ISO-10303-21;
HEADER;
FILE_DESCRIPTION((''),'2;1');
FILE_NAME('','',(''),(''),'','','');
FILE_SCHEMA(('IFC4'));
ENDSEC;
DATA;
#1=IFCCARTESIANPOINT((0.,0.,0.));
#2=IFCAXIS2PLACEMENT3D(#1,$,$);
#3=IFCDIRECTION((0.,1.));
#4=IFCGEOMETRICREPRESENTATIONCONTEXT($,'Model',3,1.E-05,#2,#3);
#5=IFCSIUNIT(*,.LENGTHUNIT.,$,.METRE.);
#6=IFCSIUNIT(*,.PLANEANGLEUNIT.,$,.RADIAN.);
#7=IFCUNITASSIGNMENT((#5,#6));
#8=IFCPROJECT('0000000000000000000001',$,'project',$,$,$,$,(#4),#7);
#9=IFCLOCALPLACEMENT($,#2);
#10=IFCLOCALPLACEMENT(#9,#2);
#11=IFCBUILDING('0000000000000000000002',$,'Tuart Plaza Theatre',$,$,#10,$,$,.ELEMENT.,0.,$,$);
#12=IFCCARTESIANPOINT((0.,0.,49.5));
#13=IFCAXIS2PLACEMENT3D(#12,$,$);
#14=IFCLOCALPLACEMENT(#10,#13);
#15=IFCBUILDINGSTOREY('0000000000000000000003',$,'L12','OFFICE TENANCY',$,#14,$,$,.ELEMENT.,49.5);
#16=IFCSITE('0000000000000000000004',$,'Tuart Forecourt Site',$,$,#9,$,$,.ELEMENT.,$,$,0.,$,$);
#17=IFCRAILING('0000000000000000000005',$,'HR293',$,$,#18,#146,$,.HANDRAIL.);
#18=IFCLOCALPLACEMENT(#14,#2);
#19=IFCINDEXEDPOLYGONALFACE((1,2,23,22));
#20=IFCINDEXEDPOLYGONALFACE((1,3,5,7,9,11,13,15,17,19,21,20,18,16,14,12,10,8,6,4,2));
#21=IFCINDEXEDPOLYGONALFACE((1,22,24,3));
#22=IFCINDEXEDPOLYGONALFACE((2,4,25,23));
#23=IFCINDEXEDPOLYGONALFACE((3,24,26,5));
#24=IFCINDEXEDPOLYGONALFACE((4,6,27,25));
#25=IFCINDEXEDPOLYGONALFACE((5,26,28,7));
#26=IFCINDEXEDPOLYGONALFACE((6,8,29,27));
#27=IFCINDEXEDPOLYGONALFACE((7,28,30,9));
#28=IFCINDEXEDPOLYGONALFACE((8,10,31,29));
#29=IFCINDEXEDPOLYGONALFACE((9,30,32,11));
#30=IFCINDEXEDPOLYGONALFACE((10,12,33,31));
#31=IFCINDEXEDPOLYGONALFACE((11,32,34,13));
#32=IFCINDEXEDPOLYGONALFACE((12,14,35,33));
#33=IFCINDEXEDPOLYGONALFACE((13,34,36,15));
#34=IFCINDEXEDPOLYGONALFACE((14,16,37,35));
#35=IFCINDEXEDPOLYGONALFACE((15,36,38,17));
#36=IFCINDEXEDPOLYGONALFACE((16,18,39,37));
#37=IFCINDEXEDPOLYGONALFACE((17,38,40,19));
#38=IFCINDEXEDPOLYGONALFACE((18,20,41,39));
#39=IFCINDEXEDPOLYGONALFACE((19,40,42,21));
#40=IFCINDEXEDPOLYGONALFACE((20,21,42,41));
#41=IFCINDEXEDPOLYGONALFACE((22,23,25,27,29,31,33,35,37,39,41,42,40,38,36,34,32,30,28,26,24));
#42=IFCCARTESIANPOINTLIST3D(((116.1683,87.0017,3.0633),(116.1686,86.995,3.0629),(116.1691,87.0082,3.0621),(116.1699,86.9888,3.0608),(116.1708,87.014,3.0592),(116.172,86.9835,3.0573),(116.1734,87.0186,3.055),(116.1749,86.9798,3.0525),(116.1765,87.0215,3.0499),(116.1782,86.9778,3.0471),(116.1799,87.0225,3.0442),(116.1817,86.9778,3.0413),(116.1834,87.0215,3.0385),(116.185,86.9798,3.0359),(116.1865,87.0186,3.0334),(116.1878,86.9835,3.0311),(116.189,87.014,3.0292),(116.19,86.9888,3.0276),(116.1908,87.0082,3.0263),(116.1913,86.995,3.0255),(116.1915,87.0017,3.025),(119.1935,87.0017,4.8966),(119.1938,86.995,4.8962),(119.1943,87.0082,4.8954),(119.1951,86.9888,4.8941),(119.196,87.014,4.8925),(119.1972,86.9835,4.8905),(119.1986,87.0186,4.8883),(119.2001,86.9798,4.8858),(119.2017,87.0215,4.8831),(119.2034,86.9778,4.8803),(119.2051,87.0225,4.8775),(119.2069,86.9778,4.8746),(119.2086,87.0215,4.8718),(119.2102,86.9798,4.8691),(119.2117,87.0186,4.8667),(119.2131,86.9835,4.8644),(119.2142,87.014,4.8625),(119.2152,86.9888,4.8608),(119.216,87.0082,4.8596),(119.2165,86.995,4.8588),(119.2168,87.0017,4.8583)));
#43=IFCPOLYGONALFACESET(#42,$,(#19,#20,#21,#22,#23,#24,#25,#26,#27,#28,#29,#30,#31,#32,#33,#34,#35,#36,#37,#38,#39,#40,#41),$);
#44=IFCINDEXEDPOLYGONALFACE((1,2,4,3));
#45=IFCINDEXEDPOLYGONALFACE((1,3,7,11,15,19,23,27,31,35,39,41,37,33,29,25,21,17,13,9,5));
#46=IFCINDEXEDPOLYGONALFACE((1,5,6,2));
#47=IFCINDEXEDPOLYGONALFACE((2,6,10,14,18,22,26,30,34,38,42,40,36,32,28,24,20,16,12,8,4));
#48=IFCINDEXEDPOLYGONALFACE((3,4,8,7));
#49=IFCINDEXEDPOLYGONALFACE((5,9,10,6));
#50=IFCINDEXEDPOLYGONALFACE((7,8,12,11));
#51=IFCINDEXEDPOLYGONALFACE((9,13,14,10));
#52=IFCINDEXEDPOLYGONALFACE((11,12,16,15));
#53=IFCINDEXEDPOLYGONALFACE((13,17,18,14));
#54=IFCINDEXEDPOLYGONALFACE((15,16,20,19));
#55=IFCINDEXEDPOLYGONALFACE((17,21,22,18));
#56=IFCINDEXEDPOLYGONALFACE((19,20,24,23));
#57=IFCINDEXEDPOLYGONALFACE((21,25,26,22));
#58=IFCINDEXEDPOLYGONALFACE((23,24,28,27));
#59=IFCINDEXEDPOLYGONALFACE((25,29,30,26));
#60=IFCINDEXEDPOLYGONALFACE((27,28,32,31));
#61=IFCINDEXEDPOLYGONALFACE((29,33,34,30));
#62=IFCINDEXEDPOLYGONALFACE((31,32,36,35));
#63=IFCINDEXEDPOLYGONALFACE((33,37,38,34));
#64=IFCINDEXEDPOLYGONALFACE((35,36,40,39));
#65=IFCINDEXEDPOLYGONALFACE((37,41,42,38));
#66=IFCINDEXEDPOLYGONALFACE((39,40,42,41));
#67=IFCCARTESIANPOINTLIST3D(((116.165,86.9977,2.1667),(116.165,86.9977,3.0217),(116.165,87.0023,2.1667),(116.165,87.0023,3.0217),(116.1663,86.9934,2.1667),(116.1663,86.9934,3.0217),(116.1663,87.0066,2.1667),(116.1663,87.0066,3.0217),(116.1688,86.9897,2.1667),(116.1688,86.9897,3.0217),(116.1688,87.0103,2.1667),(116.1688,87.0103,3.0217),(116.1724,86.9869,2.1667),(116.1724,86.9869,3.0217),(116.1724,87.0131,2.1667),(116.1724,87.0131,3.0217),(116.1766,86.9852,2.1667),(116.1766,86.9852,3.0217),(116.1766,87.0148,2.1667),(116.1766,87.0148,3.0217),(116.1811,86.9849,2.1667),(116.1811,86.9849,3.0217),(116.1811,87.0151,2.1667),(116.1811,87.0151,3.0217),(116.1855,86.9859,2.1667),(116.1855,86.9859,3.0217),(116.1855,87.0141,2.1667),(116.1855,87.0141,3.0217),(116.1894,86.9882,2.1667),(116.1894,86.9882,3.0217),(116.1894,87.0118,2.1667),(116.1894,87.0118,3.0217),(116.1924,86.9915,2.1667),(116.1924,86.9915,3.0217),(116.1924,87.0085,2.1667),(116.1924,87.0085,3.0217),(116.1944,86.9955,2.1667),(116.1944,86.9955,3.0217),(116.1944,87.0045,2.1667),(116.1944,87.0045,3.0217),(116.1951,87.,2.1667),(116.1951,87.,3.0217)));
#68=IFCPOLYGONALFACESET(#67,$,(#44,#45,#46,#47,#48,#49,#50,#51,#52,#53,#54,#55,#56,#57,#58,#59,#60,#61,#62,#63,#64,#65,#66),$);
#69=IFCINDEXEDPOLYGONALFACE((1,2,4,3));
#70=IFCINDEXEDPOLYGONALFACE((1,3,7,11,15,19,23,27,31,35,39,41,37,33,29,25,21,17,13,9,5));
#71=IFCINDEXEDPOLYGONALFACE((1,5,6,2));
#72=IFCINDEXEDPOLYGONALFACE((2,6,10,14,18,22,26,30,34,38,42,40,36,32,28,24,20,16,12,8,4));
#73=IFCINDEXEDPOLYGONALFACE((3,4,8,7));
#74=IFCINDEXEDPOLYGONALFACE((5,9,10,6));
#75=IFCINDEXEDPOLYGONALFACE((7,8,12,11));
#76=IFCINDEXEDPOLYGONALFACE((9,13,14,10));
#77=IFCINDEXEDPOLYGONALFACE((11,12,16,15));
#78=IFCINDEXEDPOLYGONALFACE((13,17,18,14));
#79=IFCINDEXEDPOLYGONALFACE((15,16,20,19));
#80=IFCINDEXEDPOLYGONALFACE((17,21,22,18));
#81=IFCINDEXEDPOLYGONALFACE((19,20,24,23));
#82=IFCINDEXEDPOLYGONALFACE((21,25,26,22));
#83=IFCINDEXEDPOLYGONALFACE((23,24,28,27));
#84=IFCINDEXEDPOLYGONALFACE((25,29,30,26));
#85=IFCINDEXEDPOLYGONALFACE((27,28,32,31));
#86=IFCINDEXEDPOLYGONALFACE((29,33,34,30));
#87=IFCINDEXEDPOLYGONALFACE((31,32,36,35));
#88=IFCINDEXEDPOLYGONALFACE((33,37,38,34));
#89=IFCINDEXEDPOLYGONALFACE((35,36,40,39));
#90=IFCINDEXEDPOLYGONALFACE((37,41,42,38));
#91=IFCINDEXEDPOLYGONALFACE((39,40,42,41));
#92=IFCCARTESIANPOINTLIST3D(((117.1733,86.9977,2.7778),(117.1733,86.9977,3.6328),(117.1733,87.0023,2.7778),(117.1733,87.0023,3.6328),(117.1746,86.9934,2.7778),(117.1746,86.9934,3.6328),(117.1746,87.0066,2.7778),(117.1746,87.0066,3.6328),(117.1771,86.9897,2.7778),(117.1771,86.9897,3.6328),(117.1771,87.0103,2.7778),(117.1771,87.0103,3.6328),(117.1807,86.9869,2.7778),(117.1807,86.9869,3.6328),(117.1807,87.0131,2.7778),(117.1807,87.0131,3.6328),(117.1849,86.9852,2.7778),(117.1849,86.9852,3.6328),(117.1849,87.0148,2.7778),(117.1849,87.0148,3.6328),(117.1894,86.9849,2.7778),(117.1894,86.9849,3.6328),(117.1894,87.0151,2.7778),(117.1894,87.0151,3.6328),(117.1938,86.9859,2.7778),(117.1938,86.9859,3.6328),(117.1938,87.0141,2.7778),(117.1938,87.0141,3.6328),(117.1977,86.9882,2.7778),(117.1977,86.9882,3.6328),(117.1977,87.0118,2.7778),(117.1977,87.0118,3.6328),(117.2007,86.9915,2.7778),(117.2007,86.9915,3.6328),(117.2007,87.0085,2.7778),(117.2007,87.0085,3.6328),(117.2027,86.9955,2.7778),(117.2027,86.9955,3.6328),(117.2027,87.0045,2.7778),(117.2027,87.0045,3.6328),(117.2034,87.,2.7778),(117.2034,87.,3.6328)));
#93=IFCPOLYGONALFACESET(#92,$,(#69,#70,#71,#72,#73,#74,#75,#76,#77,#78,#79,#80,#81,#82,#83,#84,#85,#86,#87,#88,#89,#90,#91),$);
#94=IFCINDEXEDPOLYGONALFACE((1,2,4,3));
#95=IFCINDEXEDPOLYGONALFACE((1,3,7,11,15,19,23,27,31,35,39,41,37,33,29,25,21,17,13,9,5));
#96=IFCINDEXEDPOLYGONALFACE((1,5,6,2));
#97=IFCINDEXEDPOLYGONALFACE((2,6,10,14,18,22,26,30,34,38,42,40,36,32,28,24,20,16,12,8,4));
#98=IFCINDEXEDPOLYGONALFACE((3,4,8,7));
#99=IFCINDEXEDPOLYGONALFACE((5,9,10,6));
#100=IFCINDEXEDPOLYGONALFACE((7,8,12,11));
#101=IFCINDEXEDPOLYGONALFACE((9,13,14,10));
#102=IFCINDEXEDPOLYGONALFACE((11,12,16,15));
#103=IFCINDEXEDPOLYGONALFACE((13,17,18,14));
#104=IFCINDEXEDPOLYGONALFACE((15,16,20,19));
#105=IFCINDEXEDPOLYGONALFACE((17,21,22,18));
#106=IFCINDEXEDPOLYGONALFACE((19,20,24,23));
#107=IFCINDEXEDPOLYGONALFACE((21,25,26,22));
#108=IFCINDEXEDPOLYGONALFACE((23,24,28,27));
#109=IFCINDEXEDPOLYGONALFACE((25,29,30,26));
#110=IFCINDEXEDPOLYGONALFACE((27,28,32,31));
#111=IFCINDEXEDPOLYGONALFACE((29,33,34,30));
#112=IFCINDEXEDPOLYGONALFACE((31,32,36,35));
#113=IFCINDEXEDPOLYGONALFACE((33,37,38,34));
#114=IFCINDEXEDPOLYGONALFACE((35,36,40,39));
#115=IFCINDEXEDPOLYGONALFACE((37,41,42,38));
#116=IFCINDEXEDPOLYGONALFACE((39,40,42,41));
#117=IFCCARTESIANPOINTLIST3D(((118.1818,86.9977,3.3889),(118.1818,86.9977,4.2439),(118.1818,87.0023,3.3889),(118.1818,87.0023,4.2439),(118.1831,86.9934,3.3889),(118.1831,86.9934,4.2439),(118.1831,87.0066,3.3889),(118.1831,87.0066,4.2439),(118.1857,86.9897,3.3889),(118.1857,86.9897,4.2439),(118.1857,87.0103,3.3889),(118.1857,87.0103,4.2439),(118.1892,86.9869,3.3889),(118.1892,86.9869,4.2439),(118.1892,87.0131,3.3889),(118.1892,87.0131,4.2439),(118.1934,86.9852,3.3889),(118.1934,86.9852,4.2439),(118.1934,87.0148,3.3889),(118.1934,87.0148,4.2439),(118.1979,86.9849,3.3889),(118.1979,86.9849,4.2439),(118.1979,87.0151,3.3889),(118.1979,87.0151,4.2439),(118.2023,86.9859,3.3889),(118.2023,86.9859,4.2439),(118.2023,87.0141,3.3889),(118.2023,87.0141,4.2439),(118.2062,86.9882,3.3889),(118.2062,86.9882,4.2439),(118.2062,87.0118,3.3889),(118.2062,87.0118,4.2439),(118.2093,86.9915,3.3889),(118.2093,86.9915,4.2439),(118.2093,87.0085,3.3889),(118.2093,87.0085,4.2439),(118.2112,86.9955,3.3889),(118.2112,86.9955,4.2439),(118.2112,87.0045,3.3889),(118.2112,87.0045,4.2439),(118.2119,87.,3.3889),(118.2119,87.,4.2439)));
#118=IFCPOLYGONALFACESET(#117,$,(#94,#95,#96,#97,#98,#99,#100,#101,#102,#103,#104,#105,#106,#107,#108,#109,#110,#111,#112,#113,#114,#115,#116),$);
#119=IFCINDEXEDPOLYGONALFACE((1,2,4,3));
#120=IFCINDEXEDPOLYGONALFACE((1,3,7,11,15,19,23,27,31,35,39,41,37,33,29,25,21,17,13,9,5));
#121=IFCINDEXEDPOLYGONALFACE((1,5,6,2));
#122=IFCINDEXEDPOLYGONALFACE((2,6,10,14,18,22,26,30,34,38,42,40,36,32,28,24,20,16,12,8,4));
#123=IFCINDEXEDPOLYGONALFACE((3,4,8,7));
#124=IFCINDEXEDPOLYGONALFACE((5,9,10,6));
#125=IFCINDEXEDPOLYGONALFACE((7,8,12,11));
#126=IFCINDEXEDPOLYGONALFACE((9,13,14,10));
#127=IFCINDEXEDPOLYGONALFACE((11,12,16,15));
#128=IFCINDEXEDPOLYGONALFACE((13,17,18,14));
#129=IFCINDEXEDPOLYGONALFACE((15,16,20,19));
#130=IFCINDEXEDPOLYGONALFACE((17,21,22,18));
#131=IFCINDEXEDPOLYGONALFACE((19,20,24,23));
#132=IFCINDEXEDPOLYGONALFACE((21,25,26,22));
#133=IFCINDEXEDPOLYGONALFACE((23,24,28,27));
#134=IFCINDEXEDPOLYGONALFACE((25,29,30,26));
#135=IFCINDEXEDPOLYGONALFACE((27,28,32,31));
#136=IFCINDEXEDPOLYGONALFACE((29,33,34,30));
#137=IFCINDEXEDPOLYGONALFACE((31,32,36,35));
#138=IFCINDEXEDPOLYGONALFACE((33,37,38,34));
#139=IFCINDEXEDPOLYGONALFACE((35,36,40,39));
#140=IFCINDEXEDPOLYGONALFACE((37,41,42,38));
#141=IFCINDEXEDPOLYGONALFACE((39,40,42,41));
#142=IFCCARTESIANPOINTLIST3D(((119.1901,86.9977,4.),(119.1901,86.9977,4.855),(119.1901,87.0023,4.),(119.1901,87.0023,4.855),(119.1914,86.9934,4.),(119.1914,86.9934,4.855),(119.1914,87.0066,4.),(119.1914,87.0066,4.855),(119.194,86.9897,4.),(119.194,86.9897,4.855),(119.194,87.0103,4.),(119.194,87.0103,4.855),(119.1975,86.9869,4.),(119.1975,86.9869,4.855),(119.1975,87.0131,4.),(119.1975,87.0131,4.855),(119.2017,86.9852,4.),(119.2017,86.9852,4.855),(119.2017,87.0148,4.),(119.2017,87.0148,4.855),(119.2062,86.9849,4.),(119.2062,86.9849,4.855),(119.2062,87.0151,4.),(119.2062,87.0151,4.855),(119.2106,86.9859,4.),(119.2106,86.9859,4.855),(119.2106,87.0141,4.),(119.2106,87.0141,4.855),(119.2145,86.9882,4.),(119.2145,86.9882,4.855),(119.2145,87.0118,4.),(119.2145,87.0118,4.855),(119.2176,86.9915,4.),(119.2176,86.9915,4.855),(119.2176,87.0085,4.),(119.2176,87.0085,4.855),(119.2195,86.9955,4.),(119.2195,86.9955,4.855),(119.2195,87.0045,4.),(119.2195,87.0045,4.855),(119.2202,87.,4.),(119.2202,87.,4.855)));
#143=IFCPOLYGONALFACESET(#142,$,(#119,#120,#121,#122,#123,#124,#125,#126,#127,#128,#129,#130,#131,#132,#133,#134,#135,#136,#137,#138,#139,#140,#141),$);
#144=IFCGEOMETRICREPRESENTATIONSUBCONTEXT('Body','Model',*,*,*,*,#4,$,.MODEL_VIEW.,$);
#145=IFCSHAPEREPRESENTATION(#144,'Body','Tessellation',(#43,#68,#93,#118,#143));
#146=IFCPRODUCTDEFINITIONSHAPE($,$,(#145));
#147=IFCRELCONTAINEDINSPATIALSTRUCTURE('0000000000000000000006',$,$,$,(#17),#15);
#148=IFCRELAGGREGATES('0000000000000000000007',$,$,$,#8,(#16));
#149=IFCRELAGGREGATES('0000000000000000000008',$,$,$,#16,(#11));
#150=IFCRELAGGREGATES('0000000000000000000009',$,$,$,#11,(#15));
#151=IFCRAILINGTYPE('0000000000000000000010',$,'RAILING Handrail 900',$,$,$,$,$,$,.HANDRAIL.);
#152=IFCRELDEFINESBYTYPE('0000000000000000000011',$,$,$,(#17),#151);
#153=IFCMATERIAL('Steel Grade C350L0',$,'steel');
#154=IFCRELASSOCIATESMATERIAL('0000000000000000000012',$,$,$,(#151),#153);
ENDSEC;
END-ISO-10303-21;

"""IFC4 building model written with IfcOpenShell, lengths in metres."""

from ifc_helpers import new_model, si_unit, direction, frame, origin, origin_2d, place, context, subcontext, project, spatial, circle, extrude, material, type_object, element, save


model = new_model("IFC4")

# Units and contexts
model_context = context("Model", 3, precision=1e-05, world=origin(), true_north=direction((0.0, 1.0)))
body_context = subcontext(model_context, "Body", "Model", "MODEL_VIEW")
ifc_project = project(units=[si_unit("LENGTHUNIT", "METRE"), si_unit("PLANEANGLEUNIT", "RADIAN")], contexts=[model_context])

# Site, building, storey
site_placement = place(None, origin())
site = spatial("IfcSite", under=ifc_project, at=site_placement, Name="Tuart Forecourt Site", CompositionType="ELEMENT", RefElevation=0.0)
building_placement = place(site_placement, origin())
building = spatial("IfcBuilding", under=site, at=building_placement, Name="Tuart Plaza Theatre", CompositionType="ELEMENT", ElevationOfRefHeight=0.0)
storey_placement = place(building_placement, frame((0.0, 0.0, 49.5)))
storey = spatial("IfcBuildingStorey", under=building, at=storey_placement, Name="L12", Description="OFFICE TENANCY", CompositionType="ELEMENT", Elevation=49.5)

# Railing
ifc_material_1 = material(Name="Steel Grade C350L0", Category="steel")
railing_type_1 = type_object("IfcRailingType", Name="RAILING Handrail 900", PredefinedType="HANDRAIL", material=ifc_material_1)
for number, where, name in (
    (1, (116.1799, 87.0, 2.1667), "HR293"),
):
    element("IfcRailing", number, at=place(storey_placement, frame(where)), inside=storey, type_object=railing_type_1, Name=name, PredefinedType="HANDRAIL", context=body_context, shape_type="SweptSolid", body=[
        extrude(circle(Radius=0.0225, at=origin_2d()), frame((0.0, 0.0, 0.8774), z_axis=(0.855219, 0.0, 0.518267), x_axis=(0.0, 1.0, 0.0)), (0.0, 0.0, 1.0), 3.5374),
        extrude(circle(Radius=0.0151, at=origin_2d()), origin(), (0.0, 0.0, 1.0), 0.855),
        extrude(circle(Radius=0.0151, at=origin_2d()), frame((1.0083, 0.0, 0.6111)), (0.0, 0.0, 1.0), 0.855),
        extrude(circle(Radius=0.0151, at=origin_2d()), frame((2.0168, 0.0, 1.2222)), (0.0, 0.0, 1.0), 0.855),
        extrude(circle(Radius=0.0151, at=origin_2d()), frame((3.0251, 0.0, 1.8333)), (0.0, 0.0, 1.0), 0.855),
    ])

save(model, "model.ifc")
